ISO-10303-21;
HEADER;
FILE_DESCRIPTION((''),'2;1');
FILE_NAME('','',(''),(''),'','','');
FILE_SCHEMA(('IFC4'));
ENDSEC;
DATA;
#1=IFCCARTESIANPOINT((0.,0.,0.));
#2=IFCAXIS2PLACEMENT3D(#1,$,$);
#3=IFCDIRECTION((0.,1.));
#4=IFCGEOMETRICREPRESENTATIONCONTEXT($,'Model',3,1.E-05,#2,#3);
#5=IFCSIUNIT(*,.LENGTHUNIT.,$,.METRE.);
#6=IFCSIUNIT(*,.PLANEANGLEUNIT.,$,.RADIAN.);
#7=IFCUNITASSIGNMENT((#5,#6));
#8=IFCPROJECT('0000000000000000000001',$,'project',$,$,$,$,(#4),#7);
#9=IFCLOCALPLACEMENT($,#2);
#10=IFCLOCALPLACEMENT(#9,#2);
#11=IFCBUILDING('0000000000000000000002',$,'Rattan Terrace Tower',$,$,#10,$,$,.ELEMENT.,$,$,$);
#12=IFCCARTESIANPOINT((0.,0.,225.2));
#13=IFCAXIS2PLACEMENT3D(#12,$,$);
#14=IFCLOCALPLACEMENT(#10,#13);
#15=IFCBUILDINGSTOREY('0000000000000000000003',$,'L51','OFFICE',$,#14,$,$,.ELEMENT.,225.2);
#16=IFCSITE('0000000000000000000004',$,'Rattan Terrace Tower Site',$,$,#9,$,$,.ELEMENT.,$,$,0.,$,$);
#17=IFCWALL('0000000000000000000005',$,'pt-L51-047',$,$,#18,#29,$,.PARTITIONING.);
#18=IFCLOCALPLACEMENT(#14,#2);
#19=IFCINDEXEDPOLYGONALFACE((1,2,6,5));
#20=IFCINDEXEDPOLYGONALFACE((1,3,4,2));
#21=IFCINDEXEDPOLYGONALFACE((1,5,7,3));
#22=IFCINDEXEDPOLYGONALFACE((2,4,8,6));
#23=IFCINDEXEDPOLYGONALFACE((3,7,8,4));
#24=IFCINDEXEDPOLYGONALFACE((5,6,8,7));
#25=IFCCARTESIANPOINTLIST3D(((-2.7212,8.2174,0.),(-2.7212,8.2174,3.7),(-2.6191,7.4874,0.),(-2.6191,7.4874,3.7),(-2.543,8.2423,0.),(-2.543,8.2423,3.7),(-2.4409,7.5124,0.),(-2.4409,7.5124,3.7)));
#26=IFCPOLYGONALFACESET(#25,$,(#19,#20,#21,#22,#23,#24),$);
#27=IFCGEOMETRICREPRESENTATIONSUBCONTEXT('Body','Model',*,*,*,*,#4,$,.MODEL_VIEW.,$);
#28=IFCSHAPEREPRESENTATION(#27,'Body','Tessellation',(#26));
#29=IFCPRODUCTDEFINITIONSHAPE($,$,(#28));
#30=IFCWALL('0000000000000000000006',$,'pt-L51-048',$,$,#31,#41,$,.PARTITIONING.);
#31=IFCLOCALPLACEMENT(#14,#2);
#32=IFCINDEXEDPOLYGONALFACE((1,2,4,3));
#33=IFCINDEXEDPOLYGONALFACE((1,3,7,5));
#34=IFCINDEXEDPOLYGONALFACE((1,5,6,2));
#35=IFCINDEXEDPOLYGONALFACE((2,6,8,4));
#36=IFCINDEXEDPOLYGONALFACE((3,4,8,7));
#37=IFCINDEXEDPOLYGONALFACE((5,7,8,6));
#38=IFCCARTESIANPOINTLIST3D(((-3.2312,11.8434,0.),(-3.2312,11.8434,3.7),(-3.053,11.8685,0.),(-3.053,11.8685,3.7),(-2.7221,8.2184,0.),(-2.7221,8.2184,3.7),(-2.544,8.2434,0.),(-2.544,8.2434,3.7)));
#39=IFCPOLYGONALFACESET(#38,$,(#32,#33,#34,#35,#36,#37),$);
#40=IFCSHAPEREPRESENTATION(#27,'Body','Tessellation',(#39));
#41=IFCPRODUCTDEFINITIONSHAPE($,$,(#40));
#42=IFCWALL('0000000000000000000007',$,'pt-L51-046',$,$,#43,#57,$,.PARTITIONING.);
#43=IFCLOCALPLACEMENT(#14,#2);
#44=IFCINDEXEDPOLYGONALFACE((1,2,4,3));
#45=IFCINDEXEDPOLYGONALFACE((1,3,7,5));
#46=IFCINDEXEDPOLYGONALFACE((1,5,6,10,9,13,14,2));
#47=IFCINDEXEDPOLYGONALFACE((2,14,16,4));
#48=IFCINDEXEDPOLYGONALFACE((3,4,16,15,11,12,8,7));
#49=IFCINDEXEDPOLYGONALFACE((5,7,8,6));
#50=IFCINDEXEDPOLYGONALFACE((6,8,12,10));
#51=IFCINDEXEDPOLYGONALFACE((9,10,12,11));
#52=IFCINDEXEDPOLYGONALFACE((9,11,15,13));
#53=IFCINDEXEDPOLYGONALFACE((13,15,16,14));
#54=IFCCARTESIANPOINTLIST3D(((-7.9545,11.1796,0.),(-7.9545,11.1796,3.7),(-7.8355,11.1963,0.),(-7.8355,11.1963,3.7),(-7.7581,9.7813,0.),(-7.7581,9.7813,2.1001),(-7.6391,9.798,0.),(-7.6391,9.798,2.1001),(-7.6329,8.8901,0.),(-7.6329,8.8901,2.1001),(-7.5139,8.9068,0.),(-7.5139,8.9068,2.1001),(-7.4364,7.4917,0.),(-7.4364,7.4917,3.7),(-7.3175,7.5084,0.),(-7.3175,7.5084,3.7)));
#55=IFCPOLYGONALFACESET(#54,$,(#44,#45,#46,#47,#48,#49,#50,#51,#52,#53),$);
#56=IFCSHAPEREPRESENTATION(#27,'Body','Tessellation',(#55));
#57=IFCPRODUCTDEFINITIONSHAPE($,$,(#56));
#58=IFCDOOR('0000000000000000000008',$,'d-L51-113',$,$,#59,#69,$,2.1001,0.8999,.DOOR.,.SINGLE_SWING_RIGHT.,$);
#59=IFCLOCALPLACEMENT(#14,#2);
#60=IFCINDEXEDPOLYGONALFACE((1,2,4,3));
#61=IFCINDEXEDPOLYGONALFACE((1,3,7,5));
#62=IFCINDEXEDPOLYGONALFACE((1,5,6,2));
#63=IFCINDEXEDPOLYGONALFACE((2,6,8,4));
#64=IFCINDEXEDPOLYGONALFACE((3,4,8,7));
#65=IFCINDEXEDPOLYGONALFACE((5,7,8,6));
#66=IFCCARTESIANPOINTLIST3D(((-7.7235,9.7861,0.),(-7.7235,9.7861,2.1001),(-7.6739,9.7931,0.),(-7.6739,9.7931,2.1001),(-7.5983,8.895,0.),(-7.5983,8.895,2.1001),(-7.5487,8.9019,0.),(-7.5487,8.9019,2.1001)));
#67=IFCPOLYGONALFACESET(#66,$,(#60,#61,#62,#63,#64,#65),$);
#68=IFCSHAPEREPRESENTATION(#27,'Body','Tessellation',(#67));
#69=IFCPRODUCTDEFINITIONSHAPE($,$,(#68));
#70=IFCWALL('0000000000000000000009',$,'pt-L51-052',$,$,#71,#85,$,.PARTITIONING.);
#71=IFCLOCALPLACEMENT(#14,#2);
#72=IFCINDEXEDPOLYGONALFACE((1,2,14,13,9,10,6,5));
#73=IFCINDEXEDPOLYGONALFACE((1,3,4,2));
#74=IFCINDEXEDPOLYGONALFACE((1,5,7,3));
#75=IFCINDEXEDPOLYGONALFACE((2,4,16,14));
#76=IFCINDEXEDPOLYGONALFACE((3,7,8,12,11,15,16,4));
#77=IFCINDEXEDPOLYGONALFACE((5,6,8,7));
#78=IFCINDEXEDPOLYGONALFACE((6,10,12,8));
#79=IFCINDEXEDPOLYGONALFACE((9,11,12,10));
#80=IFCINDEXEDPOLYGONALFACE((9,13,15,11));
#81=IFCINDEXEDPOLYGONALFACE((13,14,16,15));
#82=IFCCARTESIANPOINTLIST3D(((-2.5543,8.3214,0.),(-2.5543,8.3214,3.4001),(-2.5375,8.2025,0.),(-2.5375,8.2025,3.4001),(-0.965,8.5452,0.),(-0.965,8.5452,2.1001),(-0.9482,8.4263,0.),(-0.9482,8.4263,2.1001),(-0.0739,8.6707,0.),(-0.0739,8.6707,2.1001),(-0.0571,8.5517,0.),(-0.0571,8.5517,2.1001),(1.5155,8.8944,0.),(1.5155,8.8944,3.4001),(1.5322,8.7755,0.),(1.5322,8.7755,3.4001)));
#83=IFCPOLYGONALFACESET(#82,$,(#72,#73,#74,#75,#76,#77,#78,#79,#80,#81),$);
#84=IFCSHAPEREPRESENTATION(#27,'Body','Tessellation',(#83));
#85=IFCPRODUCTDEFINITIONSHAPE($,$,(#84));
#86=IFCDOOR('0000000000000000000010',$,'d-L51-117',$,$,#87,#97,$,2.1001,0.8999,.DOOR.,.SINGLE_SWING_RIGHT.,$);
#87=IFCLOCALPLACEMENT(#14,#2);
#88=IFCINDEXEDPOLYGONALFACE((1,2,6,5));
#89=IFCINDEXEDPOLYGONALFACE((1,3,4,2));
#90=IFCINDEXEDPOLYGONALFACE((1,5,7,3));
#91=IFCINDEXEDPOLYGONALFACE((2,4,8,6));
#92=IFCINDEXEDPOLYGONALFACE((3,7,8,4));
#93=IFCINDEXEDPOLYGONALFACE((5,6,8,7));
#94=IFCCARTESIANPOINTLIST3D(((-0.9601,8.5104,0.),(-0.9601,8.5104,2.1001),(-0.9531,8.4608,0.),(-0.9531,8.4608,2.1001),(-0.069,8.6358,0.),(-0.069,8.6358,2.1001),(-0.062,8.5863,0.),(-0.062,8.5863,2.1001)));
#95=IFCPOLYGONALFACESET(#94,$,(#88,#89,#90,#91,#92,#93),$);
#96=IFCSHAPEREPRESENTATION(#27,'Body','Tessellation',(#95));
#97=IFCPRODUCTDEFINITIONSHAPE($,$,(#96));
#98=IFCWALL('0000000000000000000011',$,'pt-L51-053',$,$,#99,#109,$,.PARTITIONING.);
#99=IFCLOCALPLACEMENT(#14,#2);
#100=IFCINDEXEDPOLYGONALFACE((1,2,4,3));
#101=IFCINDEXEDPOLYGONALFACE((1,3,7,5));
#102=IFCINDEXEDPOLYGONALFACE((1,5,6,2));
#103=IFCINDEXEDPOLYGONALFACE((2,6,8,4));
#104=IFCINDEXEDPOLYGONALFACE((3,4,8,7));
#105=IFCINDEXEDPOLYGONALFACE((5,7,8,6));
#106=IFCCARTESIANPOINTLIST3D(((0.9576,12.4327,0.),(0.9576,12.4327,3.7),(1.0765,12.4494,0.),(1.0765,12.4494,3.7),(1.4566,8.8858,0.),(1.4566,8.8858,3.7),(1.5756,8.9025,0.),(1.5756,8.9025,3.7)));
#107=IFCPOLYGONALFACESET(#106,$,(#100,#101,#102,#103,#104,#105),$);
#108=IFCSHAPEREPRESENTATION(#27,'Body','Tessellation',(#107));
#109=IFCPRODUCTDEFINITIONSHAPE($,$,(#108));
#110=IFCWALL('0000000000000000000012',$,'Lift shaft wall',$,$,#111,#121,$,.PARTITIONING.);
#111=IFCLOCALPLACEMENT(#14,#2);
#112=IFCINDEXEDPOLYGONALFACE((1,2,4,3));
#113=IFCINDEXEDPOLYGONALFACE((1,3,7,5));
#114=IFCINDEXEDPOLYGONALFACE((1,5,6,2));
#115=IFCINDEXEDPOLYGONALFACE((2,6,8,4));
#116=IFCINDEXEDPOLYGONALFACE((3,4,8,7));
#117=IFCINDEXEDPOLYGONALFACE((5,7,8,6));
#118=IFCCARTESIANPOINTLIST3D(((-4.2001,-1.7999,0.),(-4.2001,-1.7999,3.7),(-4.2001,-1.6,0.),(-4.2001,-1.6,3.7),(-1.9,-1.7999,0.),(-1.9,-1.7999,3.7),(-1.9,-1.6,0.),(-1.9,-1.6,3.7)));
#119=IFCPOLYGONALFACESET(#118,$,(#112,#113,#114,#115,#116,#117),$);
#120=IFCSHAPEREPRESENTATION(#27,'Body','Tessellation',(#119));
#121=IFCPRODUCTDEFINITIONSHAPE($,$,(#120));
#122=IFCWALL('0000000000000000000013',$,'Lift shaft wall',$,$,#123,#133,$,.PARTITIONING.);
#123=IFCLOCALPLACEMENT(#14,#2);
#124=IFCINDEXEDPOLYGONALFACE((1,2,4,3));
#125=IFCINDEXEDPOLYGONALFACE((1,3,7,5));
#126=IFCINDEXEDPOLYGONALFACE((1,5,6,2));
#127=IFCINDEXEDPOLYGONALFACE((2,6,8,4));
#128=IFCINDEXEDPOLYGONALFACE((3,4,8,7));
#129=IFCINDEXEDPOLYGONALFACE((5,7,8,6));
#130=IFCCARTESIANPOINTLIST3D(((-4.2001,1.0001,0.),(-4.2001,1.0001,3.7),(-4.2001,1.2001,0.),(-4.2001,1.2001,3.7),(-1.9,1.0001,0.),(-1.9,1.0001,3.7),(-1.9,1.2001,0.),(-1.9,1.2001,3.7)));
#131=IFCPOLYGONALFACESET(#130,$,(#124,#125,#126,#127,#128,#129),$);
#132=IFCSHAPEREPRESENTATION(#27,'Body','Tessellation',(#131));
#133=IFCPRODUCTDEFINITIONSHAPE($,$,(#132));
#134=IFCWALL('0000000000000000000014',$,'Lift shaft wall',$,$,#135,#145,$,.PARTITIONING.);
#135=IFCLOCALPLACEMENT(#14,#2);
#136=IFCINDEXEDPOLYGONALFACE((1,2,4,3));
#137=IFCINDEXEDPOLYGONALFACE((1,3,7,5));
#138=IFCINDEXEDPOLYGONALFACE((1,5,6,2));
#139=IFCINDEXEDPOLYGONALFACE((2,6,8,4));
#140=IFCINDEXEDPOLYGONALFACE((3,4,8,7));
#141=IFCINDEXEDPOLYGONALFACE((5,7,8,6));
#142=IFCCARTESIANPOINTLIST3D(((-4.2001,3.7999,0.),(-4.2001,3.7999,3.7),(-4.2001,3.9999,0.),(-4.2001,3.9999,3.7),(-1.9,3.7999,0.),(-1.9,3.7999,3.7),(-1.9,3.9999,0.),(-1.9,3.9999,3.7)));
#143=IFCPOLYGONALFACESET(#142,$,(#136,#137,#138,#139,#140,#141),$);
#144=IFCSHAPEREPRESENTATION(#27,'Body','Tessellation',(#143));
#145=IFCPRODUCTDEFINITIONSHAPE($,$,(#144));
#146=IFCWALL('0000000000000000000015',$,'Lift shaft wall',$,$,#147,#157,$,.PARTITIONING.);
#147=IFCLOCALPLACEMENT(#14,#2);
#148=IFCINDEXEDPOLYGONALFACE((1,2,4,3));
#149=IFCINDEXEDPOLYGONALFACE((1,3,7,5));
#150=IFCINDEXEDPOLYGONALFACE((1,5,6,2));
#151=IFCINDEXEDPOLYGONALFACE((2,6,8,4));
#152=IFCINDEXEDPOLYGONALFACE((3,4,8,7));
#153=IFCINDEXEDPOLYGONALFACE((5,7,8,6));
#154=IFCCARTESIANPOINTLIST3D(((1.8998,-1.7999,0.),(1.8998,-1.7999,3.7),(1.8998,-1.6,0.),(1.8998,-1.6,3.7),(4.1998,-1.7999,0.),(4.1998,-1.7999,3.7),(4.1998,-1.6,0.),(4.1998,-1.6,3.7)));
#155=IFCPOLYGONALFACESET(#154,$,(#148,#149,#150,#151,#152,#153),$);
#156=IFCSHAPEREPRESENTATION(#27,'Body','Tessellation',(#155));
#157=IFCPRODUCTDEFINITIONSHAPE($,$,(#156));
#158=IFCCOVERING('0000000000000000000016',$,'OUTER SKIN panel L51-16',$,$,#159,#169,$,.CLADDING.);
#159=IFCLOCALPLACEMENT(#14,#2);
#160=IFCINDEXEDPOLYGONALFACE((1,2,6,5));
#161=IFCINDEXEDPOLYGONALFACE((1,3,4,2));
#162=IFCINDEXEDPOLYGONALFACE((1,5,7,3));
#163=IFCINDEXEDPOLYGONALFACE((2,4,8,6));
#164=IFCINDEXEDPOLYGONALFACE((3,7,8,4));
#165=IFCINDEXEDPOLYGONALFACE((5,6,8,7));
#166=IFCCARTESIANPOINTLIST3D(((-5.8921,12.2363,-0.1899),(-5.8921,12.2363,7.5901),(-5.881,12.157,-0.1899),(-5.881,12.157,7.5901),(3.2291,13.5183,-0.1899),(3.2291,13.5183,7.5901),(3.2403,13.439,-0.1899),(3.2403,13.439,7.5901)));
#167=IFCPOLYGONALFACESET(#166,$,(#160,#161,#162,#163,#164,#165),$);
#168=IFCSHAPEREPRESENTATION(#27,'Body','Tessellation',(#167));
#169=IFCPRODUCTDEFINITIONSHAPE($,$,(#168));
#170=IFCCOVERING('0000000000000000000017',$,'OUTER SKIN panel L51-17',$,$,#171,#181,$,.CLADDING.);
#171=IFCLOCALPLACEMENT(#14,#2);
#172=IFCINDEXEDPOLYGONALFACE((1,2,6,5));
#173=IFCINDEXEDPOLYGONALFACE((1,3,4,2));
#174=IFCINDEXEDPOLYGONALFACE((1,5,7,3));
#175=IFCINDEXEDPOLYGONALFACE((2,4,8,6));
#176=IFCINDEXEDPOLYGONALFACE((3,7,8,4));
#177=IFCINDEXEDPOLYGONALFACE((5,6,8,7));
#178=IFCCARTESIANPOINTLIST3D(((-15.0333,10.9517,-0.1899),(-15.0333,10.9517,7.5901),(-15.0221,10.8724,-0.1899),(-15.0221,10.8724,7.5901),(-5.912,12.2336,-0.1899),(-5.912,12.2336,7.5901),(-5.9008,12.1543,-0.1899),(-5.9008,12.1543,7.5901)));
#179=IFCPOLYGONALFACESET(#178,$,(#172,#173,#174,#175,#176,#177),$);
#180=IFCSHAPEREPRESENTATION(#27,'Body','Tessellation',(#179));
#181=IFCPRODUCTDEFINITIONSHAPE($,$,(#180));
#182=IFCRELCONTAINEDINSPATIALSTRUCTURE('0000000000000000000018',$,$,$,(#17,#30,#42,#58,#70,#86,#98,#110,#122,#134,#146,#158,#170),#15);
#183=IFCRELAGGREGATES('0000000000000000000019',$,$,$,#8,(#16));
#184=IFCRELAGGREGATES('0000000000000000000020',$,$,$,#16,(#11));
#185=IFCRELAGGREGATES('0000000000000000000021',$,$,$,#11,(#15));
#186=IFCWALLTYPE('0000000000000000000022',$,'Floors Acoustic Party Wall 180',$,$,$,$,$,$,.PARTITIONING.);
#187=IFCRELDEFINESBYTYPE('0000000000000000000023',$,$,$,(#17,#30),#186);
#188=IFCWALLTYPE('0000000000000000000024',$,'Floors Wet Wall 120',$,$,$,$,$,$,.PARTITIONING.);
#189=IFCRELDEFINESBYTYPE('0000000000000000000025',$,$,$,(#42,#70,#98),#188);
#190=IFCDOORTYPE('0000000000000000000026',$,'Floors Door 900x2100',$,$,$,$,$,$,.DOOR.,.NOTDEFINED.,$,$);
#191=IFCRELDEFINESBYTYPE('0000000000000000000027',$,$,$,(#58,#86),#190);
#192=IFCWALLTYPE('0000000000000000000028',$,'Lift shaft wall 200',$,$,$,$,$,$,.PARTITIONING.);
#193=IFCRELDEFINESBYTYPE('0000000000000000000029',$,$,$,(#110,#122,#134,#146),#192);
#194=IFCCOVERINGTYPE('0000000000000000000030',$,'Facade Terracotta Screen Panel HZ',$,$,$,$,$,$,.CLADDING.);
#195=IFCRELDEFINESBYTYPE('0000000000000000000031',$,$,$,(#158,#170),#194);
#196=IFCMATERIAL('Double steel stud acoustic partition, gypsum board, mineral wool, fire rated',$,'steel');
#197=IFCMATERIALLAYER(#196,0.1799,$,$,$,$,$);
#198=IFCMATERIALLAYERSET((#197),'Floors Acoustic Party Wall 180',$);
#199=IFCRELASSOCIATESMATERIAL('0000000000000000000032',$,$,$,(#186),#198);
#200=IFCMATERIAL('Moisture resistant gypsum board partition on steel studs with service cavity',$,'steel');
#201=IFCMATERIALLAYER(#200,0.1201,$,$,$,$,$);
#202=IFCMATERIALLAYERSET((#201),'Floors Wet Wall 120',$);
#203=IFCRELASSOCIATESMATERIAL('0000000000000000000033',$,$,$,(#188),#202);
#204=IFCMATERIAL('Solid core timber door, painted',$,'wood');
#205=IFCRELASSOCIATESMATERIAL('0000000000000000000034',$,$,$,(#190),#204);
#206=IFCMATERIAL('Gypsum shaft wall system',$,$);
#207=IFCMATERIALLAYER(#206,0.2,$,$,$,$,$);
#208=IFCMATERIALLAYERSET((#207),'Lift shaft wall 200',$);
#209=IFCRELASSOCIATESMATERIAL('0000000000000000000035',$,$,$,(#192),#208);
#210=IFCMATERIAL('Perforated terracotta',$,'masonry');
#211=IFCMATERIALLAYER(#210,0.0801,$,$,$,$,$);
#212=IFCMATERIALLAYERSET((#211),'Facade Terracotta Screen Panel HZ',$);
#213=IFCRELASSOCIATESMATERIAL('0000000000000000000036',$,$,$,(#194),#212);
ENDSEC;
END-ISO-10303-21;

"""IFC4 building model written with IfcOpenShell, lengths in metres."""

from ifc_helpers import new_model, si_unit, direction, frame, frame_2d, origin, origin_2d, place, context, subcontext, project, spatial, rectangle, extrude, material, layer, layer_set, type_object, element, fill, save


model = new_model("IFC4")

# Units and contexts
model_context = context("Model", 3, precision=1e-05, world=origin(), true_north=direction((0.0, 1.0)))
body_context = subcontext(model_context, "Body", "Model", "MODEL_VIEW")
ifc_project = project(units=[si_unit("LENGTHUNIT", "METRE"), si_unit("PLANEANGLEUNIT", "RADIAN")], contexts=[model_context])

# Site, building, storey
site_placement = place(None, origin())
site = spatial("IfcSite", under=ifc_project, at=site_placement, Name="Rattan Terrace Tower Site", CompositionType="ELEMENT", RefElevation=0.0)
building_placement = place(site_placement, origin())
building = spatial("IfcBuilding", under=site, at=building_placement, Name="Rattan Terrace Tower", CompositionType="ELEMENT")
storey_placement = place(building_placement, frame((0.0, 0.0, 225.2)))
storey = spatial("IfcBuildingStorey", under=building, at=storey_placement, Name="L51", Description="OFFICE", CompositionType="ELEMENT", Elevation=225.2)

# Walls
ifc_material_1 = material(Name="Double steel stud acoustic partition, gypsum board, mineral wool, fire rated", Category="steel")
ifc_layer_1 = layer(ifc_material_1, 0.1799)
ifc_layer_set_1 = layer_set([ifc_layer_1], Name="Floors Acoustic Party Wall 180")
wall_type_1 = type_object("IfcWallType", Name="Floors Acoustic Party Wall 180", PredefinedType="PARTITIONING", material=ifc_layer_set_1)
wall_1_placement = place(storey_placement, frame((-2.6321, 8.23, 0.0), z_axis=(0.0, 0.0, 1.0), x_axis=(0.138453, -0.990369, 0.0)))
element("IfcWall", 1, at=wall_1_placement, inside=storey, type_object=wall_type_1, Name="pt-L51-047", PredefinedType="PARTITIONING", context=body_context, shape_type="SweptSolid", body=[
    extrude(rectangle(XDim=0.7371, YDim=0.1799, at=frame_2d((0.3687, 0.0))), origin(), (0.0, 0.0, 1.0), 3.7),
])
wall_2_placement = place(storey_placement, frame((-3.1421, 11.856, 0.0), z_axis=(0.0, 0.0, 1.0), x_axis=(0.139059, -0.990284, 0.0)))
element("IfcWall", 2, at=wall_2_placement, inside=storey, type_object=wall_type_1, Name="pt-L51-048", PredefinedType="PARTITIONING", context=body_context, shape_type="SweptSolid", body=[
    extrude(rectangle(XDim=3.6606, YDim=0.1799, at=frame_2d((1.8303, 0.0))), origin(), (0.0, 0.0, 1.0), 3.7),
])

# Walls, openings, doors
ifc_material_2 = material(Name="Moisture resistant gypsum board partition on steel studs with service cavity", Category="steel")
ifc_layer_2 = layer(ifc_material_2, 0.1201)
ifc_layer_set_2 = layer_set([ifc_layer_2], Name="Floors Wet Wall 120")
wall_type_2 = type_object("IfcWallType", Name="Floors Wet Wall 120", PredefinedType="PARTITIONING", material=ifc_layer_set_2)
wall_3_placement = place(storey_placement, frame((-7.895, 11.188, 0.0), z_axis=(0.0, 0.0, 1.0), x_axis=(0.139108, -0.990277, 0.0)))
wall_3 = element("IfcWall", 3, at=wall_3_placement, inside=storey, type_object=wall_type_2, Name="pt-L51-046", PredefinedType="PARTITIONING", context=body_context, shape_type="SweptSolid", body=[
    extrude(rectangle(XDim=3.7241, YDim=0.1201, at=frame_2d((1.8621, 0.0))), origin(), (0.0, 0.0, 1.0), 3.7),
])
opening_1_placement = place(wall_3_placement, frame((1.4121, 0.0, 0.0)))
opening_1 = element("IfcOpeningElement", 4, at=opening_1_placement, cuts=wall_3, PredefinedType="OPENING", context=body_context, shape_type="SweptSolid", body=[
    extrude(rectangle(XDim=0.8999, YDim=2.1001, at=frame_2d((0.45, 1.05))), frame((0.0, 0.0706, 0.0), z_axis=(0.0, -1.0, 0.0), x_axis=(1.0, 0.0, 0.0)), (0.0, 0.0, 1.0), 0.1411),
])
ifc_material_3 = material(Name="Solid core timber door, painted", Category="wood")
door_type = type_object("IfcDoorType", Name="Floors Door 900x2100", OperationType="NOTDEFINED", PredefinedType="DOOR", material=ifc_material_3)
door_1_placement = place(opening_1_placement, origin())
door_1 = element("IfcDoor", 5, at=door_1_placement, inside=storey, type_object=door_type, Name="d-L51-113", OperationType="SINGLE_SWING_RIGHT", OverallHeight=2.1001, OverallWidth=0.8999, PredefinedType="DOOR", context=body_context, shape_type="SweptSolid", body=[
    extrude(rectangle(XDim=0.8999, YDim=2.1001, at=frame_2d((0.45, 1.05))), frame((0.0, 0.0249, 0.0), z_axis=(0.0, -1.0, 0.0), x_axis=(1.0, 0.0, 0.0)), (0.0, 0.0, 1.0), 0.05),
])
fill(opening_1, door_1)
wall_4_placement = place(storey_placement, frame((-2.5459, 8.262, 0.0), z_axis=(0.0, 0.0, 1.0), x_axis=(0.990234, 0.139417, 0.0)))
wall_4 = element("IfcWall", 6, at=wall_4_placement, inside=storey, type_object=wall_type_2, Name="pt-L51-052", PredefinedType="PARTITIONING", context=body_context, shape_type="SweptSolid", body=[
    extrude(rectangle(XDim=4.1099, YDim=0.1201, at=frame_2d((2.0549, 0.0))), origin(), (0.0, 0.0, 1.0), 3.4001),
])
opening_2_placement = place(wall_4_placement, frame((1.605, 0.0, 0.0)))
opening_2 = element("IfcOpeningElement", 7, at=opening_2_placement, cuts=wall_4, PredefinedType="OPENING", context=body_context, shape_type="SweptSolid", body=[
    extrude(rectangle(XDim=0.8999, YDim=2.1001, at=frame_2d((0.45, 1.05))), frame((0.0, 0.0706, 0.0), z_axis=(0.0, -1.0, 0.0), x_axis=(1.0, 0.0, 0.0)), (0.0, 0.0, 1.0), 0.1411),
])
door_2_placement = place(opening_2_placement, origin())
door_2 = element("IfcDoor", 8, at=door_2_placement, inside=storey, type_object=door_type, Name="d-L51-117", OperationType="SINGLE_SWING_RIGHT", OverallHeight=2.1001, OverallWidth=0.8999, PredefinedType="DOOR", context=body_context, shape_type="SweptSolid", body=[
    extrude(rectangle(XDim=0.8999, YDim=2.1001, at=frame_2d((0.45, 1.05))), frame((0.0, 0.0249, 0.0), z_axis=(0.0, -1.0, 0.0), x_axis=(1.0, 0.0, 0.0)), (0.0, 0.0, 1.0), 0.05),
])
fill(opening_2, door_2)

# Walls
wall_5_placement = place(storey_placement, frame((1.5161, 8.894, 0.0), z_axis=(0.0, 0.0, 1.0), x_axis=(-0.139322, 0.990247, 0.0)))
element("IfcWall", 9, at=wall_5_placement, inside=storey, type_object=wall_type_2, Name="pt-L51-053", PredefinedType="PARTITIONING", context=body_context, shape_type="SweptSolid", body=[
    extrude(rectangle(XDim=3.5818, YDim=0.1201, at=frame_2d((1.791, 0.0))), origin(), (0.0, 0.0, 1.0), 3.7),
])
ifc_material_4 = material(Name="Gypsum shaft wall system")
ifc_layer_3 = layer(ifc_material_4, 0.2)
ifc_layer_set_3 = layer_set([ifc_layer_3], Name="Lift shaft wall 200")
wall_type_3 = type_object("IfcWallType", Name="Lift shaft wall 200", PredefinedType="PARTITIONING", material=ifc_layer_set_3)
for number, where, z_axis, x_axis, name in (
    (10, (-4.2, -1.7, 0.0), (0.0, 0.0, 1.0), (1.0, 0.0, 0.0), "Lift shaft wall"),
    (11, (-4.2, 1.1001, 0.0), (0.0, 0.0, 1.0), (1.0, 0.0, 0.0), "Lift shaft wall"),
    (12, (-4.2, 3.8999, 0.0), (0.0, 0.0, 1.0), (1.0, 0.0, 0.0), "Lift shaft wall"),
    (13, (1.8999, -1.7, 0.0), (0.0, 0.0, 1.0), (1.0, 0.0, 0.0), "Lift shaft wall"),
):
    element("IfcWall", number, at=place(storey_placement, frame(where, z_axis=z_axis, x_axis=x_axis)), inside=storey, type_object=wall_type_3, Name=name, PredefinedType="PARTITIONING", context=body_context, shape_type="SweptSolid", body=[
        extrude(rectangle(XDim=2.3, YDim=0.2, at=frame_2d((1.1499, 0.0))), origin(), (0.0, 0.0, 1.0), 3.7),
    ])

# Coverings
ifc_material_5 = material(Name="Perforated terracotta", Category="masonry")
ifc_layer_4 = layer(ifc_material_5, 0.0801)
ifc_layer_set_4 = layer_set([ifc_layer_4], Name="Facade Terracotta Screen Panel HZ")
covering_type = type_object("IfcCoveringType", Name="Facade Terracotta Screen Panel HZ", PredefinedType="CLADDING", material=ifc_layer_set_4)
for number, where, z_axis, x_axis, name in (
    (14, (-1.3259, 12.8376, -0.1899), (0.0, 0.0, 1.0), (-0.990267, -0.139177, 0.0), "OUTER SKIN panel L51-16"),
    (15, (-10.467, 11.553, -0.1899), (0.0, 0.0, 1.0), (-0.990267, -0.139177, 0.0), "OUTER SKIN panel L51-17"),
):
    element("IfcCovering", number, at=place(storey_placement, frame(where, z_axis=z_axis, x_axis=x_axis)), inside=storey, type_object=covering_type, Name=name, PredefinedType="CLADDING", context=body_context, shape_type="SweptSolid", body=[
        extrude(rectangle(XDim=9.2109, YDim=0.0801, at=origin_2d()), origin(), (0.0, 0.0, 1.0), 7.78),
    ])

save(model, "model.ifc")
